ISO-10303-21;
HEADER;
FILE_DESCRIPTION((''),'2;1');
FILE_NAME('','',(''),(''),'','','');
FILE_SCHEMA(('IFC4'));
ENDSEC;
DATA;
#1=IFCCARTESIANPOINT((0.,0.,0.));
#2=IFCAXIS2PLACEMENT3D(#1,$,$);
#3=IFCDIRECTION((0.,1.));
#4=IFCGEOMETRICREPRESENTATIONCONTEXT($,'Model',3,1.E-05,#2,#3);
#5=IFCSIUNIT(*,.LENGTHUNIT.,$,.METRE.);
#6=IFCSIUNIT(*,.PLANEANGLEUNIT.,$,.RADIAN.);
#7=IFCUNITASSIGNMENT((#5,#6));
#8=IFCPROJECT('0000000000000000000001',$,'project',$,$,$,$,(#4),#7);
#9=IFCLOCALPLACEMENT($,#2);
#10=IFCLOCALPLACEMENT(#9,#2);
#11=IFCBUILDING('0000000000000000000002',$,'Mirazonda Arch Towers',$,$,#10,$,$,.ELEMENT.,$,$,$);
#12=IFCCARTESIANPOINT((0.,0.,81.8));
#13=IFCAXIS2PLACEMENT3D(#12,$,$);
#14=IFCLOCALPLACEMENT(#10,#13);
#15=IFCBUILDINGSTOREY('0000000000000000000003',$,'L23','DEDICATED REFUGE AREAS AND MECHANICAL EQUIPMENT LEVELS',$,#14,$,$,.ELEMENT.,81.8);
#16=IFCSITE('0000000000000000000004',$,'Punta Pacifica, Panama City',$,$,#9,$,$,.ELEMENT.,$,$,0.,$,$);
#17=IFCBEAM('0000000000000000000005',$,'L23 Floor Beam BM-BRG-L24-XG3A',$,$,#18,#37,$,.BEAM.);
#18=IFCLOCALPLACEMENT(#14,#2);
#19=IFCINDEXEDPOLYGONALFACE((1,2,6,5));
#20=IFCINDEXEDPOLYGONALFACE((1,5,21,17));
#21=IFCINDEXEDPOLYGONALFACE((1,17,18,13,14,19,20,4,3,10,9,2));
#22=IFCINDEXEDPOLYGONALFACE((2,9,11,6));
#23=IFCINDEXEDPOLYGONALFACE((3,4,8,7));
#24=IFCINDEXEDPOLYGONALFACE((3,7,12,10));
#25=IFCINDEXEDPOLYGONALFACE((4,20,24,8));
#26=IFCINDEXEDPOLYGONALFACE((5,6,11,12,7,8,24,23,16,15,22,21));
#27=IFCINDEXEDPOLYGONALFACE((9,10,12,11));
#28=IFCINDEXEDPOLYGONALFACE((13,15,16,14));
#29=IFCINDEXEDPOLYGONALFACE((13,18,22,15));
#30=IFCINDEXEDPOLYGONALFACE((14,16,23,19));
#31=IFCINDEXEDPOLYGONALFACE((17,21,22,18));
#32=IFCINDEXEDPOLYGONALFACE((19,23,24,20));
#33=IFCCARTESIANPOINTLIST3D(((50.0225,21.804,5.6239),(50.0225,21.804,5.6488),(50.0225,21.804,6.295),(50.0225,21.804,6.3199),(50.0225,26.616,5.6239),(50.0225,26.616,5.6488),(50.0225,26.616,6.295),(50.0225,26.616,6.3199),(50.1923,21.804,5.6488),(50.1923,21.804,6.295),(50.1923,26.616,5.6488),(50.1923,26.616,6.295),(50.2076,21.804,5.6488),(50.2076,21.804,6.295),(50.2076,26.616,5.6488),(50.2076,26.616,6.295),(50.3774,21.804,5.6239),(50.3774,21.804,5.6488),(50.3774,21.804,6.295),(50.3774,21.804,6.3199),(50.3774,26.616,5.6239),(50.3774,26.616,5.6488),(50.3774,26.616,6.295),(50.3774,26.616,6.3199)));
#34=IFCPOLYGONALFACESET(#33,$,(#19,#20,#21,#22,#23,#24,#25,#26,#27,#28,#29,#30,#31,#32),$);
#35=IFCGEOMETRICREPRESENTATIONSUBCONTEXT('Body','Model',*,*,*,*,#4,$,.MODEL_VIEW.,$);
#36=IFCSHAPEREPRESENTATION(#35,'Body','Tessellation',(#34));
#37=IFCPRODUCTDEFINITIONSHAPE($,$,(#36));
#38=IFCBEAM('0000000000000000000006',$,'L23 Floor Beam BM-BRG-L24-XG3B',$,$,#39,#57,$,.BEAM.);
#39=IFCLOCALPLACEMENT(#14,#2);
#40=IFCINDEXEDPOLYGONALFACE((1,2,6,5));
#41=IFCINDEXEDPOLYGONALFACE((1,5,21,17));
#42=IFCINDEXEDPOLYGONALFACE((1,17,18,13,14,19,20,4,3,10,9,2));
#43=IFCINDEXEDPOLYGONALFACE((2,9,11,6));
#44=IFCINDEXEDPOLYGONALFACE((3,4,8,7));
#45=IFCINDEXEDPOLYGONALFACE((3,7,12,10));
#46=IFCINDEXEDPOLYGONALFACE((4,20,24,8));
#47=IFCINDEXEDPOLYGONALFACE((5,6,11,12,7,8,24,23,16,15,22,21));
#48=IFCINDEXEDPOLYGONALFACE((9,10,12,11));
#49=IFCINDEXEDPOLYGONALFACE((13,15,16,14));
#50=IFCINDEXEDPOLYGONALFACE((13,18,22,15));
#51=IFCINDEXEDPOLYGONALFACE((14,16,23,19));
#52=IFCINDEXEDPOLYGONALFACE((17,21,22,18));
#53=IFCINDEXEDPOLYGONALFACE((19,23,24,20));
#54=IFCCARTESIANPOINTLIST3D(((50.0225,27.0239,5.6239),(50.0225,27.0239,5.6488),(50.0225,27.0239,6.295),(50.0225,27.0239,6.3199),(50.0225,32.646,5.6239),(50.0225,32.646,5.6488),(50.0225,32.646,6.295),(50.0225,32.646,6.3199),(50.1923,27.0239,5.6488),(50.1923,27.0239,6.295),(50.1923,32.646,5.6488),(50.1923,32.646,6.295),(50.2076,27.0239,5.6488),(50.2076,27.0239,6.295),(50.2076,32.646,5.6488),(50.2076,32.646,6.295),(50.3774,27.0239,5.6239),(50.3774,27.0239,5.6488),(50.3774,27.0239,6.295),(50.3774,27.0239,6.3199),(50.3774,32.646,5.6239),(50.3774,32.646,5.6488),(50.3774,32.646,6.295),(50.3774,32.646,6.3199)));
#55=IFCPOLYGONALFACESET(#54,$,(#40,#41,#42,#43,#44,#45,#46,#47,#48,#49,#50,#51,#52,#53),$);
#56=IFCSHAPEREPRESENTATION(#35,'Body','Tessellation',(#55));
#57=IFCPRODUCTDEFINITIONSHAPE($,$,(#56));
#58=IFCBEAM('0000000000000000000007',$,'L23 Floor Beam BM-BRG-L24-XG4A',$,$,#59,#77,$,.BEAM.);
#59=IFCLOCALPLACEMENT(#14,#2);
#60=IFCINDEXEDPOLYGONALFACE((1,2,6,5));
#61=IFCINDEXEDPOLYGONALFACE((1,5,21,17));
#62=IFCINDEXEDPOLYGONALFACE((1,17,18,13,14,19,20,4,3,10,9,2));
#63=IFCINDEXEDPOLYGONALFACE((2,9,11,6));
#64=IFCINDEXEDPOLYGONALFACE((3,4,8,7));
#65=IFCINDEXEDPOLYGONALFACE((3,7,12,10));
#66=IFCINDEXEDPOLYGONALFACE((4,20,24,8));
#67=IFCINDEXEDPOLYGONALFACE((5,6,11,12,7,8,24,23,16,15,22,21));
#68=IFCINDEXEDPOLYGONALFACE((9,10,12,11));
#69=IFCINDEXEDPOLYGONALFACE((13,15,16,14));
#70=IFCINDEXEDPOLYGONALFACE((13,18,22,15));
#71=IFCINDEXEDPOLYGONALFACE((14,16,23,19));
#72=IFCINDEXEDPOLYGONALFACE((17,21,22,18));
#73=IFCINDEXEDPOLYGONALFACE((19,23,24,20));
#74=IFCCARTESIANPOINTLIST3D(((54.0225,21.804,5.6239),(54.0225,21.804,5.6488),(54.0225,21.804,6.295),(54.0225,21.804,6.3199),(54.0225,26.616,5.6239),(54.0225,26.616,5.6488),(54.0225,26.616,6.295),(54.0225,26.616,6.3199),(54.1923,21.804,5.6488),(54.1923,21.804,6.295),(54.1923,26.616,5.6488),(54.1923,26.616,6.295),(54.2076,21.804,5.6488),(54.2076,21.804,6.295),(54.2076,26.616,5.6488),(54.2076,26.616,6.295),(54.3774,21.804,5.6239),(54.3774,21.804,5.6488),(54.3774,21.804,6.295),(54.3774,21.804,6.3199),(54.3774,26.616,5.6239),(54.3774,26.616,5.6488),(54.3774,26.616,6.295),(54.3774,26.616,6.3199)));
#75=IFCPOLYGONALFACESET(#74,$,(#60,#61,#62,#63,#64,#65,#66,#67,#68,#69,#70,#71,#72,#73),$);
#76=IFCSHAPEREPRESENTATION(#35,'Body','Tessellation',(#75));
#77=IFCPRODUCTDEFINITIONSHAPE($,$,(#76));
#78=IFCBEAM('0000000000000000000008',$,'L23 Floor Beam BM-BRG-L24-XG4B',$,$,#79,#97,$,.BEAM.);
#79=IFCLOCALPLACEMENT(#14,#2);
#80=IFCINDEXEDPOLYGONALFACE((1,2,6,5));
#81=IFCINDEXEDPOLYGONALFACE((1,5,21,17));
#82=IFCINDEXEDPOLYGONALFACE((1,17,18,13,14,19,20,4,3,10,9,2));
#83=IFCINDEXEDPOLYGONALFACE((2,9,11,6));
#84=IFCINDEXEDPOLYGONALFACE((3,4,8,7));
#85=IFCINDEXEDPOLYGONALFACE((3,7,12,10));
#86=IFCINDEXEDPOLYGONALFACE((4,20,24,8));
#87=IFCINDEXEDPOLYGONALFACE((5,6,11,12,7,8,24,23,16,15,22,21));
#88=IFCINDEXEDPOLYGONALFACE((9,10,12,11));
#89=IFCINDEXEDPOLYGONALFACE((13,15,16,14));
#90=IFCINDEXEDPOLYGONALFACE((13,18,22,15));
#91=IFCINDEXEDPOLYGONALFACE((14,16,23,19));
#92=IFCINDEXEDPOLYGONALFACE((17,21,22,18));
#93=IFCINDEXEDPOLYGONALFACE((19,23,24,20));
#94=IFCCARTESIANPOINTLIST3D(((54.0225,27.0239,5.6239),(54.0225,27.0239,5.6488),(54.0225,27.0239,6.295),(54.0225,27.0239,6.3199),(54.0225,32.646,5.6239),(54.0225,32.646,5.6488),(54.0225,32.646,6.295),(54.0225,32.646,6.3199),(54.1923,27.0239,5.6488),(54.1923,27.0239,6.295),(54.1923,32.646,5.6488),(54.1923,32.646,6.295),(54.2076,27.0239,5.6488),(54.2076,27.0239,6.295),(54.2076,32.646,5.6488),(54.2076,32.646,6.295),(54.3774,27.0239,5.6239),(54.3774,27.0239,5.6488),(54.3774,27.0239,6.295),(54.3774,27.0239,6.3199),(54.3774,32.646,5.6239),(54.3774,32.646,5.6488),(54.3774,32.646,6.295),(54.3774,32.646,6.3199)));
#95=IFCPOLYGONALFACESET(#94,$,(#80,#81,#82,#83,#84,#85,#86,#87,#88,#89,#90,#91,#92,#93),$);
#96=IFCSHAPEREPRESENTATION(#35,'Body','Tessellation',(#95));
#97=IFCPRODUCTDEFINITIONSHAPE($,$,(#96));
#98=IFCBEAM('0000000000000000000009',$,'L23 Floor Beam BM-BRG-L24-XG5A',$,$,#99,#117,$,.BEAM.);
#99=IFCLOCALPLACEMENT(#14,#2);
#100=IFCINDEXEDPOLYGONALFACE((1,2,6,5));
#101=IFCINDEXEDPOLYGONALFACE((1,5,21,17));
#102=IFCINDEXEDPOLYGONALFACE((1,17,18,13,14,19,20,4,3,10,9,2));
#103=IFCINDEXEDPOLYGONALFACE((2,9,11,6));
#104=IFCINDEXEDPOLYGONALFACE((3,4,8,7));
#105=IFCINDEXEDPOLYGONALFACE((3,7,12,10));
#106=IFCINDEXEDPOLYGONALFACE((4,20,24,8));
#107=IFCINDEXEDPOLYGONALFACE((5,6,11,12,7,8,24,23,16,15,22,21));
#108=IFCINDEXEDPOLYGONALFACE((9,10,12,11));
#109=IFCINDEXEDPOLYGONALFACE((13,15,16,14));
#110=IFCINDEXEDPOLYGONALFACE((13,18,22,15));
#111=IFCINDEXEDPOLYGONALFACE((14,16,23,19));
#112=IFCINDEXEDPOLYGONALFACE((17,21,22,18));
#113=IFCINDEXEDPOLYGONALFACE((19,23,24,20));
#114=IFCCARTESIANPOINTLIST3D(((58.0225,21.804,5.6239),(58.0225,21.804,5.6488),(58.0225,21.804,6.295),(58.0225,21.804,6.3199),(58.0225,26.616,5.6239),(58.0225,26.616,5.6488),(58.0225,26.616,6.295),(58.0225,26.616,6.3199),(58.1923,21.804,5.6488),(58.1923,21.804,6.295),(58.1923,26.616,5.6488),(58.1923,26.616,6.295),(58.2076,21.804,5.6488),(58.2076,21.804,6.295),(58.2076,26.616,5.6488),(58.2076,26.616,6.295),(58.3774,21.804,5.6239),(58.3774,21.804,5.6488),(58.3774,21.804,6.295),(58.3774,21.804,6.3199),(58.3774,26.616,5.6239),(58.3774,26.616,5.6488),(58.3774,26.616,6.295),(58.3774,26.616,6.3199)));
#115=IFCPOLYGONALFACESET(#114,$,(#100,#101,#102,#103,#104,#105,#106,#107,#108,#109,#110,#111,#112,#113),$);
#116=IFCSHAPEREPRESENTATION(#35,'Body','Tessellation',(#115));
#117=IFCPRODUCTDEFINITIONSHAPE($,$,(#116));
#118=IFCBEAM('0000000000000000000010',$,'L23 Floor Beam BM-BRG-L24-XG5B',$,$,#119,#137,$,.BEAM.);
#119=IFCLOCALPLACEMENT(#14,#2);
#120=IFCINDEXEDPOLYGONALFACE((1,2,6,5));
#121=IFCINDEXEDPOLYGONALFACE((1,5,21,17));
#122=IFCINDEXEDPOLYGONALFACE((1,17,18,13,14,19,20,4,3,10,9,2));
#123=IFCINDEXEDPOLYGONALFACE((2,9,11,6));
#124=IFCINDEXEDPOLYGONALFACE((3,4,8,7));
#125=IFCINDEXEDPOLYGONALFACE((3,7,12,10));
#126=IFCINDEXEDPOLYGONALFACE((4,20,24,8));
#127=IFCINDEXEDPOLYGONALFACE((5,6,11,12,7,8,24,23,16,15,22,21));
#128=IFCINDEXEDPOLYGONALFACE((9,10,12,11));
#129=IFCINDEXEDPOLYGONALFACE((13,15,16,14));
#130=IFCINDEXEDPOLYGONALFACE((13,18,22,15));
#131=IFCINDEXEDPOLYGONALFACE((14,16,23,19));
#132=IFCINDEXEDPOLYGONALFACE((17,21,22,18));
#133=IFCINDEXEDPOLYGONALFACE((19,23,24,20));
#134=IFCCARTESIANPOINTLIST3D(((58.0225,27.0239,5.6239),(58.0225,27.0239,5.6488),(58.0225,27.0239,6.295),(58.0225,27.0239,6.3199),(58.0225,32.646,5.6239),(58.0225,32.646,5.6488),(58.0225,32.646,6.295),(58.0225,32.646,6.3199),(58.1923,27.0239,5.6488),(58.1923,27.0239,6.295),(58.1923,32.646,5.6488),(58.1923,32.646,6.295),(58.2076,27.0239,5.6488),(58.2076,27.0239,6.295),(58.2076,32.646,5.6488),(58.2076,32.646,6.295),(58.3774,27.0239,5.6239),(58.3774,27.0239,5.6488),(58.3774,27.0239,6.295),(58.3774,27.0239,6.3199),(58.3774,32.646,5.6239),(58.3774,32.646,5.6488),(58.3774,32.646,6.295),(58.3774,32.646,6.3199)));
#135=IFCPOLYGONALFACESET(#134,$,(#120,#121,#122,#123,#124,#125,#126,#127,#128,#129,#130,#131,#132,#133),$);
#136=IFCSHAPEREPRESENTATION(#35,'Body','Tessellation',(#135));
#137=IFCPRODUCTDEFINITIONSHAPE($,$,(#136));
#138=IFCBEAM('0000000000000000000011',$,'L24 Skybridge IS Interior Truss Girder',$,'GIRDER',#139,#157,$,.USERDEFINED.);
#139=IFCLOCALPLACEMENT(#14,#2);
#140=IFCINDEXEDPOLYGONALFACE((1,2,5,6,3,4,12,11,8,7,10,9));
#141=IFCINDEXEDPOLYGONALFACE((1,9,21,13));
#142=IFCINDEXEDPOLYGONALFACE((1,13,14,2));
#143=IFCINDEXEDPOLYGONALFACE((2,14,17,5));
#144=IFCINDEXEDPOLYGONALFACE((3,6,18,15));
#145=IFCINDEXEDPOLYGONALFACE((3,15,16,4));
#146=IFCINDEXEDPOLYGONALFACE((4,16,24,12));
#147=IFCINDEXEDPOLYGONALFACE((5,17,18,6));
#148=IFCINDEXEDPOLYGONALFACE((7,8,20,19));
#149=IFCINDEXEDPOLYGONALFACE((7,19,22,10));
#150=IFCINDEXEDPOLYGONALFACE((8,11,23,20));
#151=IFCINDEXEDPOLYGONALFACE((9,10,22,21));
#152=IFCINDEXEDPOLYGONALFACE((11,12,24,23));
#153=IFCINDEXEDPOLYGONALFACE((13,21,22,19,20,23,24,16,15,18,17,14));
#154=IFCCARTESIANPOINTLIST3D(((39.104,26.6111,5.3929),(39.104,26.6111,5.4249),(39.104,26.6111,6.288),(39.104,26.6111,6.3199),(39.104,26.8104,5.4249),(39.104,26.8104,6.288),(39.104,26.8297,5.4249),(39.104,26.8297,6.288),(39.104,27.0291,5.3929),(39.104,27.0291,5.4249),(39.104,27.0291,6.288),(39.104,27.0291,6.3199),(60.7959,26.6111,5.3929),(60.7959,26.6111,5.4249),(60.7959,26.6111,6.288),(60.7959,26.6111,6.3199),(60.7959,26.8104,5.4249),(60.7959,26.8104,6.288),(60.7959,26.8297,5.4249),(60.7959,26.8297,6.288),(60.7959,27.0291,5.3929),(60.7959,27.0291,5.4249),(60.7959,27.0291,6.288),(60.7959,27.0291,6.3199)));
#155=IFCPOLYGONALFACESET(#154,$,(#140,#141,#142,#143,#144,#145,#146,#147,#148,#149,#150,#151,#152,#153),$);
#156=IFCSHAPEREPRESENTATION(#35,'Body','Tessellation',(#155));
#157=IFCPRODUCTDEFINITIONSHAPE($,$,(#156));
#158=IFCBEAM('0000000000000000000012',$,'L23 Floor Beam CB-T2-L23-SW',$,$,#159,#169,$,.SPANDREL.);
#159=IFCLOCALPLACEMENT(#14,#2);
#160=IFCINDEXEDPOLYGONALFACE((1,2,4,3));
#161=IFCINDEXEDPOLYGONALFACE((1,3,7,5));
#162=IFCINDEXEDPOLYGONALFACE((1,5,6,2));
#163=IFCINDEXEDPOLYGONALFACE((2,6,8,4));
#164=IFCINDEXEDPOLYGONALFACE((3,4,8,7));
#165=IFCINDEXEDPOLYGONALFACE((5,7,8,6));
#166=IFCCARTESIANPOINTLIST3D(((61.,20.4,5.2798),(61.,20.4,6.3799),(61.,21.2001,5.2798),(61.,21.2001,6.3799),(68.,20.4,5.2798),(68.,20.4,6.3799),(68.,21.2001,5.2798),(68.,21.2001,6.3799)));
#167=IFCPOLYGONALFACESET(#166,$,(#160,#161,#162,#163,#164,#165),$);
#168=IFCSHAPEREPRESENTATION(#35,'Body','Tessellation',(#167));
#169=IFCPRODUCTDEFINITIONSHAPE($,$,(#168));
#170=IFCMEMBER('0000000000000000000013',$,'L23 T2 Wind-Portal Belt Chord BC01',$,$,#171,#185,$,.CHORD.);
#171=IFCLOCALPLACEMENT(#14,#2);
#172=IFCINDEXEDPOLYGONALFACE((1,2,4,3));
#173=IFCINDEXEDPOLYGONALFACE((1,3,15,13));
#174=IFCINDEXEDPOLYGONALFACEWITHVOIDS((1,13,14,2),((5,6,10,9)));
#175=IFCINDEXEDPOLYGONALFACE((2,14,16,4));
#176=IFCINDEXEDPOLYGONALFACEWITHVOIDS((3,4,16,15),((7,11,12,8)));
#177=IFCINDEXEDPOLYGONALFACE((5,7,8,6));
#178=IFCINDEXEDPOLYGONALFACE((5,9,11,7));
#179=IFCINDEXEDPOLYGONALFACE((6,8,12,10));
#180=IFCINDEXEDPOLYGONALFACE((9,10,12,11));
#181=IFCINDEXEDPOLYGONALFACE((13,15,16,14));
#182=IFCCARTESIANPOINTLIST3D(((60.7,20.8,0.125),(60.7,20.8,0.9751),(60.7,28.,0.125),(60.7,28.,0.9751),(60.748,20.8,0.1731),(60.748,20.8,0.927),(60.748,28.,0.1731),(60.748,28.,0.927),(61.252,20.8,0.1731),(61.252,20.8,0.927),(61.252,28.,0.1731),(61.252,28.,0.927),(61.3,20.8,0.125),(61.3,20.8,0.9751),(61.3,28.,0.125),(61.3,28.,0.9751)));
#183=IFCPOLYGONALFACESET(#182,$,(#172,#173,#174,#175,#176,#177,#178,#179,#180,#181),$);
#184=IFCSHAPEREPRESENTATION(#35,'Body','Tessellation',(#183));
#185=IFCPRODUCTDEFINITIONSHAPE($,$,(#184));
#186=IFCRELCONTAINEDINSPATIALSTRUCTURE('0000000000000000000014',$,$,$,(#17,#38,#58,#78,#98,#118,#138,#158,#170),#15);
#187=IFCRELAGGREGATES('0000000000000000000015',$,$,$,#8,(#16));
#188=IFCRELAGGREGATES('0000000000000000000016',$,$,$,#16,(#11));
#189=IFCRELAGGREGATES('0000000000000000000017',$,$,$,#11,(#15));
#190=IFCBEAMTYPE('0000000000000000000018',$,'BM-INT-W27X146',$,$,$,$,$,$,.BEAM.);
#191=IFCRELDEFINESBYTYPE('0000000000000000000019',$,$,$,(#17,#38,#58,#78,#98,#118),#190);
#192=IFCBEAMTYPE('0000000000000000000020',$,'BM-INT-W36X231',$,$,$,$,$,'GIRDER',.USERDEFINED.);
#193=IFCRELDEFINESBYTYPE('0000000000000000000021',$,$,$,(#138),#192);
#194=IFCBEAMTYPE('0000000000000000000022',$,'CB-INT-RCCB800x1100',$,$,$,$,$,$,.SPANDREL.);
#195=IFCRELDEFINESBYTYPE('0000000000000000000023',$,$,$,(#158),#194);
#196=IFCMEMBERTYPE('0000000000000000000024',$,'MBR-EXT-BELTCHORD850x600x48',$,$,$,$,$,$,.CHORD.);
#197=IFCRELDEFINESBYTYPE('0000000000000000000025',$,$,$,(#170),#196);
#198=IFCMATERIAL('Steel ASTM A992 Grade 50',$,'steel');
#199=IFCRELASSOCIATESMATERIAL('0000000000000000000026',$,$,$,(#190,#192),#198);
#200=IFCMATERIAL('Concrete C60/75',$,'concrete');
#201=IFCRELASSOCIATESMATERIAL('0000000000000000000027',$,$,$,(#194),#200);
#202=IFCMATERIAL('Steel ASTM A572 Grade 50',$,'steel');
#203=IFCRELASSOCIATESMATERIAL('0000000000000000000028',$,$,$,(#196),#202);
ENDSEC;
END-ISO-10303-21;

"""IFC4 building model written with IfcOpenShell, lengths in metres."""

from ifc_helpers import new_model, si_unit, direction, frame, origin, origin_2d, place, context, subcontext, project, spatial, rectangle, hollow_rectangle, i_section, extrude, material, material_profile, profile_set, type_object, element, save


model = new_model("IFC4")

# Units and contexts
model_context = context("Model", 3, precision=1e-05, world=origin(), true_north=direction((0.0, 1.0)))
body_context = subcontext(model_context, "Body", "Model", "MODEL_VIEW")
ifc_project = project(units=[si_unit("LENGTHUNIT", "METRE"), si_unit("PLANEANGLEUNIT", "RADIAN")], contexts=[model_context])

# Site, building, storey
site_placement = place(None, origin())
site = spatial("IfcSite", under=ifc_project, at=site_placement, Name="Punta Pacifica, Panama City", CompositionType="ELEMENT", RefElevation=0.0)
building_placement = place(site_placement, origin())
building = spatial("IfcBuilding", under=site, at=building_placement, Name="Mirazonda Arch Towers", CompositionType="ELEMENT")
storey_placement = place(building_placement, frame((0.0, 0.0, 81.8)))
storey = spatial("IfcBuildingStorey", under=building, at=storey_placement, Name="L23", Description="DEDICATED REFUGE AREAS AND MECHANICAL EQUIPMENT LEVELS", CompositionType="ELEMENT", Elevation=81.8)

# Shared definitions
ifc_material_1 = material(Name="Steel ASTM A572 Grade 50", Category="steel")

# Beams
ifc_material_2 = material(Name="Steel ASTM A992 Grade 50", Category="steel")
ifc_material_profile_1 = material_profile(ifc_material_2, i_section(OverallWidth=0.355, OverallDepth=0.696, WebThickness=0.0154, FlangeThickness=0.0249, at=origin_2d()), Name="W27X146")
ifc_profile_set_1 = profile_set([ifc_material_profile_1], Name="Steel ASTM A992 Grade 50")
beam_type_1 = type_object("IfcBeamType", Name="BM-INT-W27X146", PredefinedType="BEAM", material=ifc_profile_set_1)
beam_1_placement = place(storey_placement, frame((50.2, 21.804, 5.9719), z_axis=(0.0, 1.0, 0.0), x_axis=(-1.0, 0.0, 0.0)))
element("IfcBeam", 1, at=beam_1_placement, inside=storey, type_object=beam_type_1, Name="L23 Floor Beam BM-BRG-L24-XG3A", PredefinedType="BEAM", context=body_context, shape_type="SweptSolid", body=[
    extrude(i_section(OverallWidth=0.355, OverallDepth=0.696, WebThickness=0.0154, FlangeThickness=0.0249, at=origin_2d()), origin(), (0.0, 0.0, 1.0), 4.812),
])
beam_2_placement = place(storey_placement, frame((50.2, 27.0239, 5.9719), z_axis=(0.0, 1.0, 0.0), x_axis=(-1.0, 0.0, 0.0)))
element("IfcBeam", 2, at=beam_2_placement, inside=storey, type_object=beam_type_1, Name="L23 Floor Beam BM-BRG-L24-XG3B", PredefinedType="BEAM", context=body_context, shape_type="SweptSolid", body=[
    extrude(i_section(OverallWidth=0.355, OverallDepth=0.696, WebThickness=0.0154, FlangeThickness=0.0249, at=origin_2d()), origin(), (0.0, 0.0, 1.0), 5.6221),
])
beam_3_placement = place(storey_placement, frame((54.2, 21.804, 5.9719), z_axis=(0.0, 1.0, 0.0), x_axis=(-1.0, 0.0, 0.0)))
element("IfcBeam", 3, at=beam_3_placement, inside=storey, type_object=beam_type_1, Name="L23 Floor Beam BM-BRG-L24-XG4A", PredefinedType="BEAM", context=body_context, shape_type="SweptSolid", body=[
    extrude(i_section(OverallWidth=0.355, OverallDepth=0.696, WebThickness=0.0154, FlangeThickness=0.0249, at=origin_2d()), origin(), (0.0, 0.0, 1.0), 4.812),
])
beam_4_placement = place(storey_placement, frame((54.2, 27.0239, 5.9719), z_axis=(0.0, 1.0, 0.0), x_axis=(-1.0, 0.0, 0.0)))
element("IfcBeam", 4, at=beam_4_placement, inside=storey, type_object=beam_type_1, Name="L23 Floor Beam BM-BRG-L24-XG4B", PredefinedType="BEAM", context=body_context, shape_type="SweptSolid", body=[
    extrude(i_section(OverallWidth=0.355, OverallDepth=0.696, WebThickness=0.0154, FlangeThickness=0.0249, at=origin_2d()), origin(), (0.0, 0.0, 1.0), 5.6221),
])
beam_5_placement = place(storey_placement, frame((58.2, 21.804, 5.9719), z_axis=(0.0, 1.0, 0.0), x_axis=(-1.0, 0.0, 0.0)))
element("IfcBeam", 5, at=beam_5_placement, inside=storey, type_object=beam_type_1, Name="L23 Floor Beam BM-BRG-L24-XG5A", PredefinedType="BEAM", context=body_context, shape_type="SweptSolid", body=[
    extrude(i_section(OverallWidth=0.355, OverallDepth=0.696, WebThickness=0.0154, FlangeThickness=0.0249, at=origin_2d()), origin(), (0.0, 0.0, 1.0), 4.812),
])
beam_6_placement = place(storey_placement, frame((58.2, 27.0239, 5.9719), z_axis=(0.0, 1.0, 0.0), x_axis=(-1.0, 0.0, 0.0)))
element("IfcBeam", 6, at=beam_6_placement, inside=storey, type_object=beam_type_1, Name="L23 Floor Beam BM-BRG-L24-XG5B", PredefinedType="BEAM", context=body_context, shape_type="SweptSolid", body=[
    extrude(i_section(OverallWidth=0.355, OverallDepth=0.696, WebThickness=0.0154, FlangeThickness=0.0249, at=origin_2d()), origin(), (0.0, 0.0, 1.0), 5.6221),
])
ifc_material_profile_2 = material_profile(ifc_material_2, i_section(OverallWidth=0.418, OverallDepth=0.927, WebThickness=0.0193, FlangeThickness=0.032, at=origin_2d()), Name="W36X231")
ifc_profile_set_2 = profile_set([ifc_material_profile_2], Name="Steel ASTM A992 Grade 50")
beam_type_2 = type_object("IfcBeamType", Name="BM-INT-W36X231", ElementType="GIRDER", PredefinedType="USERDEFINED", material=ifc_profile_set_2)
beam_7_placement = place(storey_placement, frame((39.104, 26.8201, 5.8564), z_axis=(1.0, 0.0, 0.0), x_axis=(0.0, 1.0, 0.0)))
element("IfcBeam", 7, at=beam_7_placement, inside=storey, type_object=beam_type_2, Name="L24 Skybridge IS Interior Truss Girder", ObjectType="GIRDER", PredefinedType="USERDEFINED", context=body_context, shape_type="SweptSolid", body=[
    extrude(i_section(OverallWidth=0.418, OverallDepth=0.927, WebThickness=0.0193, FlangeThickness=0.032, at=origin_2d()), origin(), (0.0, 0.0, 1.0), 21.6919),
])
ifc_material_3 = material(Name="Concrete C60/75", Category="concrete")
ifc_material_profile_3 = material_profile(ifc_material_3, rectangle(XDim=0.8, YDim=1.1001, at=origin_2d()), Name="RCCB800x1100")
ifc_profile_set_3 = profile_set([ifc_material_profile_3], Name="Concrete C60/75")
beam_type_3 = type_object("IfcBeamType", Name="CB-INT-RCCB800x1100", PredefinedType="SPANDREL", material=ifc_profile_set_3)
beam_8_placement = place(storey_placement, frame((61.0, 20.8, 5.8298), z_axis=(1.0, 0.0, 0.0), x_axis=(0.0, 1.0, 0.0)))
element("IfcBeam", 8, at=beam_8_placement, inside=storey, type_object=beam_type_3, Name="L23 Floor Beam CB-T2-L23-SW", PredefinedType="SPANDREL", context=body_context, shape_type="SweptSolid", body=[
    extrude(rectangle(XDim=0.8, YDim=1.1001, at=origin_2d()), origin(), (0.0, 0.0, 1.0), 7.0),
])

# Member
ifc_material_profile_4 = material_profile(ifc_material_1, hollow_rectangle(XDim=0.6001, YDim=0.8501, WallThickness=0.0481, at=origin_2d()), Name="BELTCHORD850x600x48")
ifc_profile_set_4 = profile_set([ifc_material_profile_4], Name="Steel ASTM A572 Grade 50")
member_type_1 = type_object("IfcMemberType", Name="MBR-EXT-BELTCHORD850x600x48", PredefinedType="CHORD", material=ifc_profile_set_4)
for number, where, z_axis, x_axis, name in (
    (9, (61.0, 20.8, 0.55), (0.0, 1.0, 0.0), (-1.0, 0.0, 0.0), "L23 T2 Wind-Portal Belt Chord BC01"),
):
    element("IfcMember", number, at=place(storey_placement, frame(where, z_axis=z_axis, x_axis=x_axis)), inside=storey, type_object=member_type_1, Name=name, PredefinedType="CHORD", context=body_context, shape_type="SweptSolid", body=[
        extrude(hollow_rectangle(XDim=0.6001, YDim=0.8501, WallThickness=0.0481, at=origin_2d()), origin(), (0.0, 0.0, 1.0), 7.2),
    ])

save(model, "model.ifc")
